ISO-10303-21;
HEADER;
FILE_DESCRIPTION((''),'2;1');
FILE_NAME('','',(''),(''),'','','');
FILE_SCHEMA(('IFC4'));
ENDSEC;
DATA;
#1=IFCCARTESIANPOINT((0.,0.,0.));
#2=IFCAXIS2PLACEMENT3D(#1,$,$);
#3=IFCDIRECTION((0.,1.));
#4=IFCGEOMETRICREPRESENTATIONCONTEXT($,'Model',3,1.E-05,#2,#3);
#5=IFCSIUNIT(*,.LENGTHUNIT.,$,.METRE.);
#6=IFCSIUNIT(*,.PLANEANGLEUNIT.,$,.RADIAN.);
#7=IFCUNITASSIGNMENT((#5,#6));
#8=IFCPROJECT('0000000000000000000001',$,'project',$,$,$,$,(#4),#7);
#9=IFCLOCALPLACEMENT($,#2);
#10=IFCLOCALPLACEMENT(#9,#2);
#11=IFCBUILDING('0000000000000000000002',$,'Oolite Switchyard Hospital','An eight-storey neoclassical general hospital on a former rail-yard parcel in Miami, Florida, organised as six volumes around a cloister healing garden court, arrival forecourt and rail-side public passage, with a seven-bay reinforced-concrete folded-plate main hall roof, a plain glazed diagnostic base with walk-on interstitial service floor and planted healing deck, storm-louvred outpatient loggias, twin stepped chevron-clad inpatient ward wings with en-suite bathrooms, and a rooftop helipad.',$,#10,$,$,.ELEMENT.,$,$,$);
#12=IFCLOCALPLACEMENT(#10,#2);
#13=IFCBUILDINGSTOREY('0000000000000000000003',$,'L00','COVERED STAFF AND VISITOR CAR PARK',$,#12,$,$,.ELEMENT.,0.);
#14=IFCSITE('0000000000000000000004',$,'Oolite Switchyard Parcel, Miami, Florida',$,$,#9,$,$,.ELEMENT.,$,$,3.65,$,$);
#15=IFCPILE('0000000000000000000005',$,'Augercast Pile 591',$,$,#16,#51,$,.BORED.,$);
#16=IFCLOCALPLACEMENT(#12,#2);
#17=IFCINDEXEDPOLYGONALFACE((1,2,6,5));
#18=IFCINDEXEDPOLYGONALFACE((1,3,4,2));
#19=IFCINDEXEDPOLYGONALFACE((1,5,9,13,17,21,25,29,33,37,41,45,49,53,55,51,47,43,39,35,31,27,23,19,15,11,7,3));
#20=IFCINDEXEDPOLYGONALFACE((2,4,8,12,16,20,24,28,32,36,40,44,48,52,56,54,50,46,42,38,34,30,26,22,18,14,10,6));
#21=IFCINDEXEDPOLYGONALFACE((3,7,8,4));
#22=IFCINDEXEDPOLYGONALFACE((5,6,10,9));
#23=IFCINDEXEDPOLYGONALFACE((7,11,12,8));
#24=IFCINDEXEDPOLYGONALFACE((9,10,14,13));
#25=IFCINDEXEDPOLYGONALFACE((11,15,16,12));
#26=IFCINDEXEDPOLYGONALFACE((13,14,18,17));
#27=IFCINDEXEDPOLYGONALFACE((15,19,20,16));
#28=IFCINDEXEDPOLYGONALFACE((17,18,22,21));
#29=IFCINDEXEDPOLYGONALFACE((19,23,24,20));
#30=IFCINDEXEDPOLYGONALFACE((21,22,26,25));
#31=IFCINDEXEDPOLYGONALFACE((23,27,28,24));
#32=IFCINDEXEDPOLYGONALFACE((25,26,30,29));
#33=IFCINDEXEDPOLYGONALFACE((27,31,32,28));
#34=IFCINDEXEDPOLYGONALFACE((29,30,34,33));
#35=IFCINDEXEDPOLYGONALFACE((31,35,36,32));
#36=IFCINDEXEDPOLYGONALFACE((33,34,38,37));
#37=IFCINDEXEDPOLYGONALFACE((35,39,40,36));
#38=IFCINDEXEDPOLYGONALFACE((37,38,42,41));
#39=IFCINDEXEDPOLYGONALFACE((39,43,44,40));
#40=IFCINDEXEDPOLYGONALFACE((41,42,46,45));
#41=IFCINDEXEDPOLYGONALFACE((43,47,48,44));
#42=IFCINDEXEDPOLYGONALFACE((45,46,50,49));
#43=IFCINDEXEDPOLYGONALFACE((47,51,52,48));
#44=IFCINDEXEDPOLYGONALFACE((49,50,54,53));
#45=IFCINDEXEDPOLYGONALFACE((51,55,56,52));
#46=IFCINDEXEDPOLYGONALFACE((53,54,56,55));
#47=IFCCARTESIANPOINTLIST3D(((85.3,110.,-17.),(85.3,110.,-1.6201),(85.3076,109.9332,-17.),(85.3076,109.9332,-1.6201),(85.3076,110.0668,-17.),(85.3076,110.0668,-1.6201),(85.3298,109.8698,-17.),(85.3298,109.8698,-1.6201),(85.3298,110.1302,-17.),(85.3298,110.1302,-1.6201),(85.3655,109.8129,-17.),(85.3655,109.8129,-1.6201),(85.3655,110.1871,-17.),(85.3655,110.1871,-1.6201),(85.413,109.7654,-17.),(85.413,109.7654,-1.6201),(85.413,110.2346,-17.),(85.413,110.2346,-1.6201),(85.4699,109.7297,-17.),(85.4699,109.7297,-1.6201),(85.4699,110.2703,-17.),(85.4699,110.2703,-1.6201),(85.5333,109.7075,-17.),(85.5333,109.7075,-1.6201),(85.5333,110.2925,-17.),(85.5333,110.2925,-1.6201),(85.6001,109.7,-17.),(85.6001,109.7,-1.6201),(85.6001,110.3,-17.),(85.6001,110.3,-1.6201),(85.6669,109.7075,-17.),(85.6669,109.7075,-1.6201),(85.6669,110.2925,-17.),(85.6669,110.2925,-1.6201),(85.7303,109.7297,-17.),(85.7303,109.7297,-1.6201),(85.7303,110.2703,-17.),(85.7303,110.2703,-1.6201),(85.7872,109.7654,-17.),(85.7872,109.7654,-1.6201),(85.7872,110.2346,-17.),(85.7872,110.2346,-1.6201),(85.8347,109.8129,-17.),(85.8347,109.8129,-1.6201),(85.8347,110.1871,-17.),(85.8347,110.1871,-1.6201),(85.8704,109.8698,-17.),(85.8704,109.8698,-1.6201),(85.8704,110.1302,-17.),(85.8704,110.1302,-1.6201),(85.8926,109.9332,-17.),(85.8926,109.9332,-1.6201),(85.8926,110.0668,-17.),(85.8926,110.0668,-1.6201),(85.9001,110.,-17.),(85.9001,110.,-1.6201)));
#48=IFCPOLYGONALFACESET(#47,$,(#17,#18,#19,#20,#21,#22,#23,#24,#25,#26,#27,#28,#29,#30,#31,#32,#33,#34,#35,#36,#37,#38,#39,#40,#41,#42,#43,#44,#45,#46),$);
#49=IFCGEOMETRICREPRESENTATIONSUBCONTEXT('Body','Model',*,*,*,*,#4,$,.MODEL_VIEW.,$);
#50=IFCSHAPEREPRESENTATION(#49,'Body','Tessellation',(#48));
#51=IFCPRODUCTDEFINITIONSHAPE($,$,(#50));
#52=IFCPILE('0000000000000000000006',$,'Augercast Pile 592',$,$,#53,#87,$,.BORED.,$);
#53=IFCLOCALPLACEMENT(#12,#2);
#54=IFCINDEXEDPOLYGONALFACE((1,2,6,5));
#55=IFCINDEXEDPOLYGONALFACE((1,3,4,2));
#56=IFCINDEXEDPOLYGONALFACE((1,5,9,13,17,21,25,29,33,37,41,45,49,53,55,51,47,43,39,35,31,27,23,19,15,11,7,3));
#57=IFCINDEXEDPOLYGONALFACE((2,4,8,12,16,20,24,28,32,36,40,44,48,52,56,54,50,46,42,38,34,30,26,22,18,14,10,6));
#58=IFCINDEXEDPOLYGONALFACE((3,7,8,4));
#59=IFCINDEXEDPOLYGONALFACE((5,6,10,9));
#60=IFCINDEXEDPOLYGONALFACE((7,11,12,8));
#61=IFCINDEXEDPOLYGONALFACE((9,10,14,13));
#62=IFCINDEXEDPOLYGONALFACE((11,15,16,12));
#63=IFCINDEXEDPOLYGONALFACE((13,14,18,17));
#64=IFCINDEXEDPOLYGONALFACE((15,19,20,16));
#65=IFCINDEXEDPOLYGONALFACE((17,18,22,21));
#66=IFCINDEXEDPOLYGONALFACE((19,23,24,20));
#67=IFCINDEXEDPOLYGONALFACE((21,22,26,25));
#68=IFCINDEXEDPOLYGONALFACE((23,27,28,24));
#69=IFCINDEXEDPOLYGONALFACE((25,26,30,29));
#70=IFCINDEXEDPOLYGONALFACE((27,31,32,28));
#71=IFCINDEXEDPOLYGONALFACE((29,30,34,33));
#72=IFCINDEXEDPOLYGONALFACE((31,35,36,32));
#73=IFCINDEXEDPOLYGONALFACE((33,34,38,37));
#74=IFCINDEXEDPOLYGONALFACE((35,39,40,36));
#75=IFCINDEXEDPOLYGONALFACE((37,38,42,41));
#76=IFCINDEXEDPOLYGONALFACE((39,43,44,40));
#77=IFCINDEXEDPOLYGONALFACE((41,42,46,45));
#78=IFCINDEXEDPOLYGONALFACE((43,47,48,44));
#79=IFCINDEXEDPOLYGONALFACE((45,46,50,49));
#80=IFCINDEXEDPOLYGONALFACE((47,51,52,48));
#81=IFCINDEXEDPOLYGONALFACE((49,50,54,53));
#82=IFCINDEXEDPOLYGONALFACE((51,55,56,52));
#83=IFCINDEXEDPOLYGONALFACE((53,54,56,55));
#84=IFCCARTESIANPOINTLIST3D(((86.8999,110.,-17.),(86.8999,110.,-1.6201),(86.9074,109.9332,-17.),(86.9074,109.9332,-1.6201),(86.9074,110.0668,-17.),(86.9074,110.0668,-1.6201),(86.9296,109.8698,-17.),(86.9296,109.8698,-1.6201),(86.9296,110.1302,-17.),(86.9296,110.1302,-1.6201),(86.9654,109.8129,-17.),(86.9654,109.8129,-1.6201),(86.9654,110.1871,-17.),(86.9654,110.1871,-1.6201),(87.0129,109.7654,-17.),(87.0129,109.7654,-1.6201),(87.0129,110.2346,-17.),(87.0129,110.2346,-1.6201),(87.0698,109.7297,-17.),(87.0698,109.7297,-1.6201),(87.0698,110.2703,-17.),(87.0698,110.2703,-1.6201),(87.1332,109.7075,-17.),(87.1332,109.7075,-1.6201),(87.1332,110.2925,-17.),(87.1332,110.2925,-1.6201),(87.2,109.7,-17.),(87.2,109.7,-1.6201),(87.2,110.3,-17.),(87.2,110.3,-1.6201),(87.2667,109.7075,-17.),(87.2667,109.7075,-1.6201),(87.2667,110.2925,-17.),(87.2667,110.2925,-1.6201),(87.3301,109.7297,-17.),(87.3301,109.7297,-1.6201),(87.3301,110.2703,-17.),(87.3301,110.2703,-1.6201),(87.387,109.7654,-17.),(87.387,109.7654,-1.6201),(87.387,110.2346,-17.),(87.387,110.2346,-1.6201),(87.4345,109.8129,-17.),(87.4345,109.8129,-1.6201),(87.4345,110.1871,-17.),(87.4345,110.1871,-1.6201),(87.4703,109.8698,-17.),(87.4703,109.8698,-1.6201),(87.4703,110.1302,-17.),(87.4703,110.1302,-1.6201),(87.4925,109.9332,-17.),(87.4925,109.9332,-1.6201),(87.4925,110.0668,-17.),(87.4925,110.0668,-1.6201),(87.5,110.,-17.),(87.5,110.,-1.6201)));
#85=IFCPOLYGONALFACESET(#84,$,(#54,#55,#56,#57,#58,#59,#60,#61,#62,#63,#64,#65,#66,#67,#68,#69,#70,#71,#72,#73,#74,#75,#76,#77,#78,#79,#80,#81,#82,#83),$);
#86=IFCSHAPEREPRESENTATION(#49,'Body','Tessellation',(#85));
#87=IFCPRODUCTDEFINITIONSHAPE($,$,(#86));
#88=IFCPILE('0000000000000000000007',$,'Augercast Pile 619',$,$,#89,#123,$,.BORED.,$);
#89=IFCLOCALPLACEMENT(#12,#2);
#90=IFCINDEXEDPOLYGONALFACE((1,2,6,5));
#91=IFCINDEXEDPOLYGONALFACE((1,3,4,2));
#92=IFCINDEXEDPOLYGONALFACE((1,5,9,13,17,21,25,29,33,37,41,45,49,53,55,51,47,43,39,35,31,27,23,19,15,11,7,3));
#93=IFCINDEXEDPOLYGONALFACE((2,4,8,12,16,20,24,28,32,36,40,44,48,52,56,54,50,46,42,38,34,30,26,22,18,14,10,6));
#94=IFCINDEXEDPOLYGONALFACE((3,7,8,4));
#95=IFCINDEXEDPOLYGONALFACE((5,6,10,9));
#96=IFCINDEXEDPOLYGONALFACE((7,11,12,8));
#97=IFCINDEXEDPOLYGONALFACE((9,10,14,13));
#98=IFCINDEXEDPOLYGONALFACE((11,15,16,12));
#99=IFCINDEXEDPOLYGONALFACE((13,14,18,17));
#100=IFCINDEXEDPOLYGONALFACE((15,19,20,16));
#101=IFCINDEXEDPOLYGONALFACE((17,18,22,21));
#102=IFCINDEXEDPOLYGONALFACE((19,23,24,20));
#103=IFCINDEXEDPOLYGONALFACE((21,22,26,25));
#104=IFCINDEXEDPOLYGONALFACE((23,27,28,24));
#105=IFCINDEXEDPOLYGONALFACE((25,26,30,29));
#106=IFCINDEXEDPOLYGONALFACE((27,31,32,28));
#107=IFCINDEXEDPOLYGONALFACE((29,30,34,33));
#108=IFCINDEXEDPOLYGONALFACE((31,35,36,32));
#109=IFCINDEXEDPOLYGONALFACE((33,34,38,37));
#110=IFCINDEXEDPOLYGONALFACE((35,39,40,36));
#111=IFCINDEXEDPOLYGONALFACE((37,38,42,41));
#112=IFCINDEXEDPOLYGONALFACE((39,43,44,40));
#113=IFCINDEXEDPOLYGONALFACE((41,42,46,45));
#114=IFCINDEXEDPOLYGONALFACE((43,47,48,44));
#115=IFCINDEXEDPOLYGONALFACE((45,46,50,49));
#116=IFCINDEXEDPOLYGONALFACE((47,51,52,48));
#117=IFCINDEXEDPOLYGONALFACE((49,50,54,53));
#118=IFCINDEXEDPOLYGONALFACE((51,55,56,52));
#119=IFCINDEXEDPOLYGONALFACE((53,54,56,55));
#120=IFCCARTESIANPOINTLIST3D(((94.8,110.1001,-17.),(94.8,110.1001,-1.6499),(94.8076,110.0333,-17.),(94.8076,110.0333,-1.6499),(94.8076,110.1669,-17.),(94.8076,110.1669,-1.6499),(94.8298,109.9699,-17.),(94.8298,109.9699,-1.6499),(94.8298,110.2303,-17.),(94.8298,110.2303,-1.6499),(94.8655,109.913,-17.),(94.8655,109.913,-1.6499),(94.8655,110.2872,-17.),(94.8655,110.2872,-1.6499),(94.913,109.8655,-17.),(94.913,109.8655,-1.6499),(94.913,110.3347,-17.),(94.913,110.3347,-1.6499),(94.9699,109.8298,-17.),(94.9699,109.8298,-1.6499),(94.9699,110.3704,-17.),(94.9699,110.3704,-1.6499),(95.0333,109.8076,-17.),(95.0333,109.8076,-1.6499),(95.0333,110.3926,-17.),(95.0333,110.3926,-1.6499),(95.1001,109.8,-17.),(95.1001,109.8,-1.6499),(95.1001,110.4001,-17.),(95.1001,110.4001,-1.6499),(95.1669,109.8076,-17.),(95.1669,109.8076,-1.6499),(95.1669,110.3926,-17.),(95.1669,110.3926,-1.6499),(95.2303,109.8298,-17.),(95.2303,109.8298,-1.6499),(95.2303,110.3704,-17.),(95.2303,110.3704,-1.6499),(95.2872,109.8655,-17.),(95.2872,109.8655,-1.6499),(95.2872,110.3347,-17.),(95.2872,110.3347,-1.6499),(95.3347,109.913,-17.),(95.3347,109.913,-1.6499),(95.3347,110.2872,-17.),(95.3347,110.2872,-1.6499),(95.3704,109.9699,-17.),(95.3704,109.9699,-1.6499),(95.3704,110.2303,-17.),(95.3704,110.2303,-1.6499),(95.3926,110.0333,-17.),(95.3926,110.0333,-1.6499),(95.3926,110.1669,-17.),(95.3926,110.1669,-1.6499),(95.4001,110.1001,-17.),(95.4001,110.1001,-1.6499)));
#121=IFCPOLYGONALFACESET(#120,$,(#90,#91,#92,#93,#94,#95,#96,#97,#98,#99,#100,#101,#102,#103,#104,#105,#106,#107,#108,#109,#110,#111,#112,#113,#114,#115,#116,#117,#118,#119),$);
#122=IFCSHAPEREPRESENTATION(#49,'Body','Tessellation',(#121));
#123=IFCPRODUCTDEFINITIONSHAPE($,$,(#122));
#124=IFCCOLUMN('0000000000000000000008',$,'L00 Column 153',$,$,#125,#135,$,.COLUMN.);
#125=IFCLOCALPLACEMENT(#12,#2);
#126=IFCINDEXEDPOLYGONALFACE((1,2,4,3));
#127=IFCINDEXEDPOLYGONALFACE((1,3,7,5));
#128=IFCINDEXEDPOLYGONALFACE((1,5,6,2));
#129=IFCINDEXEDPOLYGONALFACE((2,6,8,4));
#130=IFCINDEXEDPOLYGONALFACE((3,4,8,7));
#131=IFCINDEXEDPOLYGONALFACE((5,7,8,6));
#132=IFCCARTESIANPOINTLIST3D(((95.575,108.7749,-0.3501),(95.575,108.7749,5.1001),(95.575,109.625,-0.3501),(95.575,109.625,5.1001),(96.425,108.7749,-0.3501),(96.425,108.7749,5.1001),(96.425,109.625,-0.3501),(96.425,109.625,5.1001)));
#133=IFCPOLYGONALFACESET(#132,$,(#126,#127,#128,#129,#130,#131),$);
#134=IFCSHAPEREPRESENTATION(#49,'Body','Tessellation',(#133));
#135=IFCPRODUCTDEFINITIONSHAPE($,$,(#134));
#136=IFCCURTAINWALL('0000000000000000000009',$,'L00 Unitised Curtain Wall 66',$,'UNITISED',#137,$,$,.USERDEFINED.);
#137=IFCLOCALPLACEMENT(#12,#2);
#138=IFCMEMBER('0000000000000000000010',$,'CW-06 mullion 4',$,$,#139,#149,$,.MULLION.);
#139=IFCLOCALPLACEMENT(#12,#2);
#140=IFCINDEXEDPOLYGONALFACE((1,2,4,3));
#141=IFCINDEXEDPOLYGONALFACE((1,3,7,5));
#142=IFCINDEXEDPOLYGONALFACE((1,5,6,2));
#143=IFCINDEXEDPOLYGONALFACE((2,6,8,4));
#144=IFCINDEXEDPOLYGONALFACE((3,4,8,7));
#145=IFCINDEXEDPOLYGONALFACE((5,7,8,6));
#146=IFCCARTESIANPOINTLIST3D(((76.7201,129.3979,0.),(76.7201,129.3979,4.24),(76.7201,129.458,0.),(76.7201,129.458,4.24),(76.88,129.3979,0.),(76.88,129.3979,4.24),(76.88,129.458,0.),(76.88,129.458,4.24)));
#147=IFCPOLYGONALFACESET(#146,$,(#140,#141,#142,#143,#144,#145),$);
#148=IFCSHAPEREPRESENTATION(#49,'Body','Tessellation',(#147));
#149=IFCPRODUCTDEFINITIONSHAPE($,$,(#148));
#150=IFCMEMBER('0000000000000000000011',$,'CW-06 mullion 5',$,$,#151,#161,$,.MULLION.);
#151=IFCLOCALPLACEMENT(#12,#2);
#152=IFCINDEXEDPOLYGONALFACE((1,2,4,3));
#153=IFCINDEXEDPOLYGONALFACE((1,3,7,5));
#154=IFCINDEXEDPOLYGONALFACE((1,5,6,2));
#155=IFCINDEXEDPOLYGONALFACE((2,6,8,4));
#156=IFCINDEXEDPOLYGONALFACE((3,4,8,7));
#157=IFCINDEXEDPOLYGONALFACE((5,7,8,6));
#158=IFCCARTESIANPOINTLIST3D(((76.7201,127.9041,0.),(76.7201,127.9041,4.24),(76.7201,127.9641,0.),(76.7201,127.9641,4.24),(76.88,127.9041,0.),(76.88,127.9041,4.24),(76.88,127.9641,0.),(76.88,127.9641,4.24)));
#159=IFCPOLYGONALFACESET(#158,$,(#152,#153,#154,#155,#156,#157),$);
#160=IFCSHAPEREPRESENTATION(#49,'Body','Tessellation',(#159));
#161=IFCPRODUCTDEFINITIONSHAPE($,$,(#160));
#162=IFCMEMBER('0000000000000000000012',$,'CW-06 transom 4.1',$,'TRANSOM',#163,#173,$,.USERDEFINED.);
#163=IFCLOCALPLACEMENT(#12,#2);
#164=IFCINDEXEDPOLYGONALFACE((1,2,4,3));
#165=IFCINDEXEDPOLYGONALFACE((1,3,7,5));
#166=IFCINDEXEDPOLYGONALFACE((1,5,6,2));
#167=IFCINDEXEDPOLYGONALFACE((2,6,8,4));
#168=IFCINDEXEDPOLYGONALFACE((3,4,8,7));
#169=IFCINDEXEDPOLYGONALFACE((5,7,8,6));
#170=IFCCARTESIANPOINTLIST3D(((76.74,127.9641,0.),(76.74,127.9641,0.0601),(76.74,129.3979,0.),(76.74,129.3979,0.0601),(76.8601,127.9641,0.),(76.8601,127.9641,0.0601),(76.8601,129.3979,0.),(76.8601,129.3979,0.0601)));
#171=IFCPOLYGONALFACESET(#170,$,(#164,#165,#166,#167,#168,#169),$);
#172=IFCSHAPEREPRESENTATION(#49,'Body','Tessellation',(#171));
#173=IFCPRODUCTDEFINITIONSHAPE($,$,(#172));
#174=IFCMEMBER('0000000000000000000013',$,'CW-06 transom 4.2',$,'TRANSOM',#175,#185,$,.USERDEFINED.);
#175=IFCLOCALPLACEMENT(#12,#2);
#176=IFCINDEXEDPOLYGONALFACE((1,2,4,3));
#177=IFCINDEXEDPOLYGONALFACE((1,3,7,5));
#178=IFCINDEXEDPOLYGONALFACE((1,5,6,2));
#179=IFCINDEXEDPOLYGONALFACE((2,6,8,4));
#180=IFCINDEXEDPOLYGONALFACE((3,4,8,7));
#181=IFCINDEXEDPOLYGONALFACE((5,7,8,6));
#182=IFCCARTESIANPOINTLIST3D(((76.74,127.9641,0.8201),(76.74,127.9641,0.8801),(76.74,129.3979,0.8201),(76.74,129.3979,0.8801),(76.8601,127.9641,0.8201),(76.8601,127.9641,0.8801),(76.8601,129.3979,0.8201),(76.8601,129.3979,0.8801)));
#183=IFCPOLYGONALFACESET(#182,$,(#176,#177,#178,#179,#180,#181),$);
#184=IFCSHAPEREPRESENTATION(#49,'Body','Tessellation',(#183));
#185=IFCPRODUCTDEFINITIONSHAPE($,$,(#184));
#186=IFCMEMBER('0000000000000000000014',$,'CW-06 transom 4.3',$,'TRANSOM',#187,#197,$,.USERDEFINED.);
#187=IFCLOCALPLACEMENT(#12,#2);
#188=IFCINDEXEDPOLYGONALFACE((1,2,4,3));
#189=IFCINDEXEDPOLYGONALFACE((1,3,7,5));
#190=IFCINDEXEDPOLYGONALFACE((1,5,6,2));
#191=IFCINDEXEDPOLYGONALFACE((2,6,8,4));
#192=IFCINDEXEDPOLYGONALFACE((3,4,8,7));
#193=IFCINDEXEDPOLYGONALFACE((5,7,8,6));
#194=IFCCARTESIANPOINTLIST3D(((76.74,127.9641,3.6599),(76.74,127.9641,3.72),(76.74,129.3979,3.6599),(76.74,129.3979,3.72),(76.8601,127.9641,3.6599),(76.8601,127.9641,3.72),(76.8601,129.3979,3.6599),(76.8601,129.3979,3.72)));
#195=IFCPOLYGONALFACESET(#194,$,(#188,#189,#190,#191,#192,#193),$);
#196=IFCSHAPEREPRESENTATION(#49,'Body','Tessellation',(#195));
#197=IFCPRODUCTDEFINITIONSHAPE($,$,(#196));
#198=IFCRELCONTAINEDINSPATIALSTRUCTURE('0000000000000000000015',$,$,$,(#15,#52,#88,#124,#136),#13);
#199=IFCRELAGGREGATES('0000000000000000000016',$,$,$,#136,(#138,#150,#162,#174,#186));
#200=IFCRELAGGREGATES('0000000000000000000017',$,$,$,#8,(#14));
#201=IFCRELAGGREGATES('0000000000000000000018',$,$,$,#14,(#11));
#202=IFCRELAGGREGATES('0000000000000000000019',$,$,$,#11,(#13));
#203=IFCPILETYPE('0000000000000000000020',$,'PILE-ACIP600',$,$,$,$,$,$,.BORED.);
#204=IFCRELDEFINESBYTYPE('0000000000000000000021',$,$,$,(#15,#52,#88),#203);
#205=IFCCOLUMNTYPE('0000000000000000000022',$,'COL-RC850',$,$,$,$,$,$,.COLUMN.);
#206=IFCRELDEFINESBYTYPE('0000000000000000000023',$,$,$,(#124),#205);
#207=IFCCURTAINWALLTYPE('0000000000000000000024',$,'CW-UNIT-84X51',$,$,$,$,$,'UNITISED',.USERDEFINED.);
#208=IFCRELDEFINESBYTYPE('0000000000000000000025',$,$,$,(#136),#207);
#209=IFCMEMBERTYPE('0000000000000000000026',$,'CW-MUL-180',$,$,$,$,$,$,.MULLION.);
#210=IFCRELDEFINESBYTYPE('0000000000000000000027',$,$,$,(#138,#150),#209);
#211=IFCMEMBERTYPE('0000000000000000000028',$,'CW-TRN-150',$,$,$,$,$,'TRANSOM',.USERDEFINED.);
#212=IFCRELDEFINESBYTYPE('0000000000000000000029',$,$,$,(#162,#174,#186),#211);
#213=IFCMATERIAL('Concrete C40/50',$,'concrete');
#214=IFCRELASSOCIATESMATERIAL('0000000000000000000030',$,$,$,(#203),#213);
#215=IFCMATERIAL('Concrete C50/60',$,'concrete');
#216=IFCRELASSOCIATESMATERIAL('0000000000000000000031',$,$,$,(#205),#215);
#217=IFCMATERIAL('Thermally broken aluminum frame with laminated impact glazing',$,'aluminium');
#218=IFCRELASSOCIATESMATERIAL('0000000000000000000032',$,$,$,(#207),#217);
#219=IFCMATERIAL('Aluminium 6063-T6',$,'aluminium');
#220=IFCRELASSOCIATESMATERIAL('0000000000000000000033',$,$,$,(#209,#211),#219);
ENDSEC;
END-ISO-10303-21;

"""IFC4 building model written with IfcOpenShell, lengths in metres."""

from ifc_helpers import new_model, si_unit, direction, frame, origin, origin_2d, place, context, subcontext, project, spatial, rectangle, circle, extrude, material, material_profile, profile_set, type_object, element, aggregate, save


model = new_model("IFC4")

# Units and contexts
model_context = context("Model", 3, precision=1e-05, world=origin(), true_north=direction((0.0, 1.0)))
body_context = subcontext(model_context, "Body", "Model", "MODEL_VIEW")
ifc_project = project(units=[si_unit("LENGTHUNIT", "METRE"), si_unit("PLANEANGLEUNIT", "RADIAN")], contexts=[model_context])

# Site, building, storey
site_placement = place(None, origin())
site = spatial("IfcSite", under=ifc_project, at=site_placement, Name="Oolite Switchyard Parcel, Miami, Florida", CompositionType="ELEMENT", RefElevation=3.65)
building_placement = place(site_placement, origin())
building = spatial("IfcBuilding", under=site, at=building_placement, Name="Oolite Switchyard Hospital", Description="An eight-storey neoclassical general hospital on a former rail-yard parcel in Miami, Florida, organised as six volumes around a cloister healing garden court, arrival forecourt and rail-side public passage, with a seven-bay reinforced-concrete folded-plate main hall roof, a plain glazed diagnostic base with walk-on interstitial service floor and planted healing deck, storm-louvred outpatient loggias, twin stepped chevron-clad inpatient ward wings with en-suite bathrooms, and a rooftop helipad.", CompositionType="ELEMENT")
storey_placement = place(building_placement, origin())
storey = spatial("IfcBuildingStorey", under=building, at=storey_placement, Name="L00", Description="COVERED STAFF AND VISITOR CAR PARK", CompositionType="ELEMENT", Elevation=0.0)

# Shared definitions
ifc_material_1 = material(Name="Concrete C40/50", Category="concrete")

# Piles
ifc_material_profile_1 = material_profile(ifc_material_1, circle(Radius=0.3, at=origin_2d()), Name="PILE600")
ifc_profile_set_1 = profile_set([ifc_material_profile_1], Name="Concrete C40/50")
pile_type = type_object("IfcPileType", Name="PILE-ACIP600", PredefinedType="BORED", material=ifc_profile_set_1)
for number, where, z_axis, x_axis, name in (
    (1, (85.6001, 110.0, -1.6201), (0.0, 0.0, -1.0), (1.0, 0.0, 0.0), "Augercast Pile 591"),
    (2, (87.2, 110.0, -1.6201), (0.0, 0.0, -1.0), (1.0, 0.0, 0.0), "Augercast Pile 592"),
):
    element("IfcPile", number, at=place(storey_placement, frame(where, z_axis=z_axis, x_axis=x_axis)), inside=storey, type_object=pile_type, Name=name, PredefinedType="BORED", context=body_context, shape_type="SweptSolid", body=[
        extrude(circle(Radius=0.3, at=origin_2d()), origin(), (0.0, 0.0, 1.0), 15.3799),
    ])
pile_1_placement = place(storey_placement, frame((95.1001, 110.1001, -1.6499), z_axis=(0.0, 0.0, -1.0), x_axis=(1.0, 0.0, 0.0)))
element("IfcPile", 3, at=pile_1_placement, inside=storey, type_object=pile_type, Name="Augercast Pile 619", PredefinedType="BORED", context=body_context, shape_type="SweptSolid", body=[
    extrude(circle(Radius=0.3, at=origin_2d()), origin(), (0.0, 0.0, 1.0), 15.3501),
])

# Column
ifc_material_2 = material(Name="Concrete C50/60", Category="concrete")
ifc_material_profile_2 = material_profile(ifc_material_2, rectangle(XDim=0.8501, YDim=0.8501, at=origin_2d()), Name="RC850X850")
ifc_profile_set_2 = profile_set([ifc_material_profile_2], Name="Concrete C50/60")
column_type = type_object("IfcColumnType", Name="COL-RC850", PredefinedType="COLUMN", material=ifc_profile_set_2)
column_placement = place(storey_placement, frame((96.0, 109.2, -0.3501), z_axis=(0.0, 0.0, 1.0), x_axis=(1.0, 0.0, 0.0)))
element("IfcColumn", 4, at=column_placement, inside=storey, type_object=column_type, Name="L00 Column 153", PredefinedType="COLUMN", context=body_context, shape_type="SweptSolid", body=[
    extrude(rectangle(XDim=0.8501, YDim=0.8501, at=origin_2d()), origin(), (0.0, 0.0, 1.0), 5.4502),
])

# Curtain wall, members
ifc_material_3 = material(Name="Thermally broken aluminum frame with laminated impact glazing", Category="aluminium")
curtain_wall_type = type_object("IfcCurtainWallType", Name="CW-UNIT-84X51", ElementType="UNITISED", PredefinedType="USERDEFINED", material=ifc_material_3)
curtain_wall_placement = place(storey_placement, origin())
curtain_wall = element("IfcCurtainWall", 5, at=curtain_wall_placement, inside=storey, type_object=curtain_wall_type, Name="L00 Unitised Curtain Wall 66", ObjectType="UNITISED", PredefinedType="USERDEFINED")
ifc_material_4 = material(Name="Aluminium 6063-T6", Category="aluminium")
ifc_material_profile_3 = material_profile(ifc_material_4, rectangle(XDim=0.1599, YDim=0.0601, at=origin_2d()), Name="CWM60X160")
ifc_profile_set_3 = profile_set([ifc_material_profile_3], Name="Aluminium 6063-T6")
member_type_1 = type_object("IfcMemberType", Name="CW-MUL-180", PredefinedType="MULLION", material=ifc_profile_set_3)
member_1_placement = place(storey_placement, frame((76.8, 129.428, 0.0), z_axis=(0.0, 0.0, 1.0), x_axis=(1.0, 0.0, 0.0)))
member_1 = element("IfcMember", 6, at=member_1_placement, type_object=member_type_1, Name="CW-06 mullion 4", PredefinedType="MULLION", context=body_context, shape_type="SweptSolid", body=[
    extrude(rectangle(XDim=0.1599, YDim=0.0601, at=origin_2d()), origin(), (0.0, 0.0, 1.0), 4.24),
])
member_2_placement = place(storey_placement, frame((76.8, 127.9341, 0.0), z_axis=(0.0, 0.0, 1.0), x_axis=(1.0, 0.0, 0.0)))
member_2 = element("IfcMember", 7, at=member_2_placement, type_object=member_type_1, Name="CW-06 mullion 5", PredefinedType="MULLION", context=body_context, shape_type="SweptSolid", body=[
    extrude(rectangle(XDim=0.1599, YDim=0.0601, at=origin_2d()), origin(), (0.0, 0.0, 1.0), 4.24),
])
ifc_material_profile_4 = material_profile(ifc_material_4, rectangle(XDim=0.1201, YDim=0.0601, at=origin_2d()), Name="CWT60X120")
ifc_profile_set_4 = profile_set([ifc_material_profile_4], Name="Aluminium 6063-T6")
member_type_2 = type_object("IfcMemberType", Name="CW-TRN-150", ElementType="TRANSOM", PredefinedType="USERDEFINED", material=ifc_profile_set_4)
member_3_placement = place(storey_placement, frame((76.8, 129.3979, 0.03), z_axis=(0.0, -1.0, 0.0), x_axis=(1.0, 0.0, 0.0)))
member_3 = element("IfcMember", 8, at=member_3_placement, type_object=member_type_2, Name="CW-06 transom 4.1", ObjectType="TRANSOM", PredefinedType="USERDEFINED", context=body_context, shape_type="SweptSolid", body=[
    extrude(rectangle(XDim=0.1201, YDim=0.0601, at=origin_2d()), origin(), (0.0, 0.0, 1.0), 1.4338),
])
member_4_placement = place(storey_placement, frame((76.8, 129.3979, 0.8501), z_axis=(0.0, -1.0, 0.0), x_axis=(1.0, 0.0, 0.0)))
member_4 = element("IfcMember", 9, at=member_4_placement, type_object=member_type_2, Name="CW-06 transom 4.2", ObjectType="TRANSOM", PredefinedType="USERDEFINED", context=body_context, shape_type="SweptSolid", body=[
    extrude(rectangle(XDim=0.1201, YDim=0.0601, at=origin_2d()), origin(), (0.0, 0.0, 1.0), 1.4338),
])
member_5_placement = place(storey_placement, frame((76.8, 129.3979, 3.6899), z_axis=(0.0, -1.0, 0.0), x_axis=(1.0, 0.0, 0.0)))
member_5 = element("IfcMember", 10, at=member_5_placement, type_object=member_type_2, Name="CW-06 transom 4.3", ObjectType="TRANSOM", PredefinedType="USERDEFINED", context=body_context, shape_type="SweptSolid", body=[
    extrude(rectangle(XDim=0.1201, YDim=0.0601, at=origin_2d()), origin(), (0.0, 0.0, 1.0), 1.4338),
])
aggregate(curtain_wall, [member_1, member_2, member_3, member_4, member_5])

save(model, "model.ifc")
